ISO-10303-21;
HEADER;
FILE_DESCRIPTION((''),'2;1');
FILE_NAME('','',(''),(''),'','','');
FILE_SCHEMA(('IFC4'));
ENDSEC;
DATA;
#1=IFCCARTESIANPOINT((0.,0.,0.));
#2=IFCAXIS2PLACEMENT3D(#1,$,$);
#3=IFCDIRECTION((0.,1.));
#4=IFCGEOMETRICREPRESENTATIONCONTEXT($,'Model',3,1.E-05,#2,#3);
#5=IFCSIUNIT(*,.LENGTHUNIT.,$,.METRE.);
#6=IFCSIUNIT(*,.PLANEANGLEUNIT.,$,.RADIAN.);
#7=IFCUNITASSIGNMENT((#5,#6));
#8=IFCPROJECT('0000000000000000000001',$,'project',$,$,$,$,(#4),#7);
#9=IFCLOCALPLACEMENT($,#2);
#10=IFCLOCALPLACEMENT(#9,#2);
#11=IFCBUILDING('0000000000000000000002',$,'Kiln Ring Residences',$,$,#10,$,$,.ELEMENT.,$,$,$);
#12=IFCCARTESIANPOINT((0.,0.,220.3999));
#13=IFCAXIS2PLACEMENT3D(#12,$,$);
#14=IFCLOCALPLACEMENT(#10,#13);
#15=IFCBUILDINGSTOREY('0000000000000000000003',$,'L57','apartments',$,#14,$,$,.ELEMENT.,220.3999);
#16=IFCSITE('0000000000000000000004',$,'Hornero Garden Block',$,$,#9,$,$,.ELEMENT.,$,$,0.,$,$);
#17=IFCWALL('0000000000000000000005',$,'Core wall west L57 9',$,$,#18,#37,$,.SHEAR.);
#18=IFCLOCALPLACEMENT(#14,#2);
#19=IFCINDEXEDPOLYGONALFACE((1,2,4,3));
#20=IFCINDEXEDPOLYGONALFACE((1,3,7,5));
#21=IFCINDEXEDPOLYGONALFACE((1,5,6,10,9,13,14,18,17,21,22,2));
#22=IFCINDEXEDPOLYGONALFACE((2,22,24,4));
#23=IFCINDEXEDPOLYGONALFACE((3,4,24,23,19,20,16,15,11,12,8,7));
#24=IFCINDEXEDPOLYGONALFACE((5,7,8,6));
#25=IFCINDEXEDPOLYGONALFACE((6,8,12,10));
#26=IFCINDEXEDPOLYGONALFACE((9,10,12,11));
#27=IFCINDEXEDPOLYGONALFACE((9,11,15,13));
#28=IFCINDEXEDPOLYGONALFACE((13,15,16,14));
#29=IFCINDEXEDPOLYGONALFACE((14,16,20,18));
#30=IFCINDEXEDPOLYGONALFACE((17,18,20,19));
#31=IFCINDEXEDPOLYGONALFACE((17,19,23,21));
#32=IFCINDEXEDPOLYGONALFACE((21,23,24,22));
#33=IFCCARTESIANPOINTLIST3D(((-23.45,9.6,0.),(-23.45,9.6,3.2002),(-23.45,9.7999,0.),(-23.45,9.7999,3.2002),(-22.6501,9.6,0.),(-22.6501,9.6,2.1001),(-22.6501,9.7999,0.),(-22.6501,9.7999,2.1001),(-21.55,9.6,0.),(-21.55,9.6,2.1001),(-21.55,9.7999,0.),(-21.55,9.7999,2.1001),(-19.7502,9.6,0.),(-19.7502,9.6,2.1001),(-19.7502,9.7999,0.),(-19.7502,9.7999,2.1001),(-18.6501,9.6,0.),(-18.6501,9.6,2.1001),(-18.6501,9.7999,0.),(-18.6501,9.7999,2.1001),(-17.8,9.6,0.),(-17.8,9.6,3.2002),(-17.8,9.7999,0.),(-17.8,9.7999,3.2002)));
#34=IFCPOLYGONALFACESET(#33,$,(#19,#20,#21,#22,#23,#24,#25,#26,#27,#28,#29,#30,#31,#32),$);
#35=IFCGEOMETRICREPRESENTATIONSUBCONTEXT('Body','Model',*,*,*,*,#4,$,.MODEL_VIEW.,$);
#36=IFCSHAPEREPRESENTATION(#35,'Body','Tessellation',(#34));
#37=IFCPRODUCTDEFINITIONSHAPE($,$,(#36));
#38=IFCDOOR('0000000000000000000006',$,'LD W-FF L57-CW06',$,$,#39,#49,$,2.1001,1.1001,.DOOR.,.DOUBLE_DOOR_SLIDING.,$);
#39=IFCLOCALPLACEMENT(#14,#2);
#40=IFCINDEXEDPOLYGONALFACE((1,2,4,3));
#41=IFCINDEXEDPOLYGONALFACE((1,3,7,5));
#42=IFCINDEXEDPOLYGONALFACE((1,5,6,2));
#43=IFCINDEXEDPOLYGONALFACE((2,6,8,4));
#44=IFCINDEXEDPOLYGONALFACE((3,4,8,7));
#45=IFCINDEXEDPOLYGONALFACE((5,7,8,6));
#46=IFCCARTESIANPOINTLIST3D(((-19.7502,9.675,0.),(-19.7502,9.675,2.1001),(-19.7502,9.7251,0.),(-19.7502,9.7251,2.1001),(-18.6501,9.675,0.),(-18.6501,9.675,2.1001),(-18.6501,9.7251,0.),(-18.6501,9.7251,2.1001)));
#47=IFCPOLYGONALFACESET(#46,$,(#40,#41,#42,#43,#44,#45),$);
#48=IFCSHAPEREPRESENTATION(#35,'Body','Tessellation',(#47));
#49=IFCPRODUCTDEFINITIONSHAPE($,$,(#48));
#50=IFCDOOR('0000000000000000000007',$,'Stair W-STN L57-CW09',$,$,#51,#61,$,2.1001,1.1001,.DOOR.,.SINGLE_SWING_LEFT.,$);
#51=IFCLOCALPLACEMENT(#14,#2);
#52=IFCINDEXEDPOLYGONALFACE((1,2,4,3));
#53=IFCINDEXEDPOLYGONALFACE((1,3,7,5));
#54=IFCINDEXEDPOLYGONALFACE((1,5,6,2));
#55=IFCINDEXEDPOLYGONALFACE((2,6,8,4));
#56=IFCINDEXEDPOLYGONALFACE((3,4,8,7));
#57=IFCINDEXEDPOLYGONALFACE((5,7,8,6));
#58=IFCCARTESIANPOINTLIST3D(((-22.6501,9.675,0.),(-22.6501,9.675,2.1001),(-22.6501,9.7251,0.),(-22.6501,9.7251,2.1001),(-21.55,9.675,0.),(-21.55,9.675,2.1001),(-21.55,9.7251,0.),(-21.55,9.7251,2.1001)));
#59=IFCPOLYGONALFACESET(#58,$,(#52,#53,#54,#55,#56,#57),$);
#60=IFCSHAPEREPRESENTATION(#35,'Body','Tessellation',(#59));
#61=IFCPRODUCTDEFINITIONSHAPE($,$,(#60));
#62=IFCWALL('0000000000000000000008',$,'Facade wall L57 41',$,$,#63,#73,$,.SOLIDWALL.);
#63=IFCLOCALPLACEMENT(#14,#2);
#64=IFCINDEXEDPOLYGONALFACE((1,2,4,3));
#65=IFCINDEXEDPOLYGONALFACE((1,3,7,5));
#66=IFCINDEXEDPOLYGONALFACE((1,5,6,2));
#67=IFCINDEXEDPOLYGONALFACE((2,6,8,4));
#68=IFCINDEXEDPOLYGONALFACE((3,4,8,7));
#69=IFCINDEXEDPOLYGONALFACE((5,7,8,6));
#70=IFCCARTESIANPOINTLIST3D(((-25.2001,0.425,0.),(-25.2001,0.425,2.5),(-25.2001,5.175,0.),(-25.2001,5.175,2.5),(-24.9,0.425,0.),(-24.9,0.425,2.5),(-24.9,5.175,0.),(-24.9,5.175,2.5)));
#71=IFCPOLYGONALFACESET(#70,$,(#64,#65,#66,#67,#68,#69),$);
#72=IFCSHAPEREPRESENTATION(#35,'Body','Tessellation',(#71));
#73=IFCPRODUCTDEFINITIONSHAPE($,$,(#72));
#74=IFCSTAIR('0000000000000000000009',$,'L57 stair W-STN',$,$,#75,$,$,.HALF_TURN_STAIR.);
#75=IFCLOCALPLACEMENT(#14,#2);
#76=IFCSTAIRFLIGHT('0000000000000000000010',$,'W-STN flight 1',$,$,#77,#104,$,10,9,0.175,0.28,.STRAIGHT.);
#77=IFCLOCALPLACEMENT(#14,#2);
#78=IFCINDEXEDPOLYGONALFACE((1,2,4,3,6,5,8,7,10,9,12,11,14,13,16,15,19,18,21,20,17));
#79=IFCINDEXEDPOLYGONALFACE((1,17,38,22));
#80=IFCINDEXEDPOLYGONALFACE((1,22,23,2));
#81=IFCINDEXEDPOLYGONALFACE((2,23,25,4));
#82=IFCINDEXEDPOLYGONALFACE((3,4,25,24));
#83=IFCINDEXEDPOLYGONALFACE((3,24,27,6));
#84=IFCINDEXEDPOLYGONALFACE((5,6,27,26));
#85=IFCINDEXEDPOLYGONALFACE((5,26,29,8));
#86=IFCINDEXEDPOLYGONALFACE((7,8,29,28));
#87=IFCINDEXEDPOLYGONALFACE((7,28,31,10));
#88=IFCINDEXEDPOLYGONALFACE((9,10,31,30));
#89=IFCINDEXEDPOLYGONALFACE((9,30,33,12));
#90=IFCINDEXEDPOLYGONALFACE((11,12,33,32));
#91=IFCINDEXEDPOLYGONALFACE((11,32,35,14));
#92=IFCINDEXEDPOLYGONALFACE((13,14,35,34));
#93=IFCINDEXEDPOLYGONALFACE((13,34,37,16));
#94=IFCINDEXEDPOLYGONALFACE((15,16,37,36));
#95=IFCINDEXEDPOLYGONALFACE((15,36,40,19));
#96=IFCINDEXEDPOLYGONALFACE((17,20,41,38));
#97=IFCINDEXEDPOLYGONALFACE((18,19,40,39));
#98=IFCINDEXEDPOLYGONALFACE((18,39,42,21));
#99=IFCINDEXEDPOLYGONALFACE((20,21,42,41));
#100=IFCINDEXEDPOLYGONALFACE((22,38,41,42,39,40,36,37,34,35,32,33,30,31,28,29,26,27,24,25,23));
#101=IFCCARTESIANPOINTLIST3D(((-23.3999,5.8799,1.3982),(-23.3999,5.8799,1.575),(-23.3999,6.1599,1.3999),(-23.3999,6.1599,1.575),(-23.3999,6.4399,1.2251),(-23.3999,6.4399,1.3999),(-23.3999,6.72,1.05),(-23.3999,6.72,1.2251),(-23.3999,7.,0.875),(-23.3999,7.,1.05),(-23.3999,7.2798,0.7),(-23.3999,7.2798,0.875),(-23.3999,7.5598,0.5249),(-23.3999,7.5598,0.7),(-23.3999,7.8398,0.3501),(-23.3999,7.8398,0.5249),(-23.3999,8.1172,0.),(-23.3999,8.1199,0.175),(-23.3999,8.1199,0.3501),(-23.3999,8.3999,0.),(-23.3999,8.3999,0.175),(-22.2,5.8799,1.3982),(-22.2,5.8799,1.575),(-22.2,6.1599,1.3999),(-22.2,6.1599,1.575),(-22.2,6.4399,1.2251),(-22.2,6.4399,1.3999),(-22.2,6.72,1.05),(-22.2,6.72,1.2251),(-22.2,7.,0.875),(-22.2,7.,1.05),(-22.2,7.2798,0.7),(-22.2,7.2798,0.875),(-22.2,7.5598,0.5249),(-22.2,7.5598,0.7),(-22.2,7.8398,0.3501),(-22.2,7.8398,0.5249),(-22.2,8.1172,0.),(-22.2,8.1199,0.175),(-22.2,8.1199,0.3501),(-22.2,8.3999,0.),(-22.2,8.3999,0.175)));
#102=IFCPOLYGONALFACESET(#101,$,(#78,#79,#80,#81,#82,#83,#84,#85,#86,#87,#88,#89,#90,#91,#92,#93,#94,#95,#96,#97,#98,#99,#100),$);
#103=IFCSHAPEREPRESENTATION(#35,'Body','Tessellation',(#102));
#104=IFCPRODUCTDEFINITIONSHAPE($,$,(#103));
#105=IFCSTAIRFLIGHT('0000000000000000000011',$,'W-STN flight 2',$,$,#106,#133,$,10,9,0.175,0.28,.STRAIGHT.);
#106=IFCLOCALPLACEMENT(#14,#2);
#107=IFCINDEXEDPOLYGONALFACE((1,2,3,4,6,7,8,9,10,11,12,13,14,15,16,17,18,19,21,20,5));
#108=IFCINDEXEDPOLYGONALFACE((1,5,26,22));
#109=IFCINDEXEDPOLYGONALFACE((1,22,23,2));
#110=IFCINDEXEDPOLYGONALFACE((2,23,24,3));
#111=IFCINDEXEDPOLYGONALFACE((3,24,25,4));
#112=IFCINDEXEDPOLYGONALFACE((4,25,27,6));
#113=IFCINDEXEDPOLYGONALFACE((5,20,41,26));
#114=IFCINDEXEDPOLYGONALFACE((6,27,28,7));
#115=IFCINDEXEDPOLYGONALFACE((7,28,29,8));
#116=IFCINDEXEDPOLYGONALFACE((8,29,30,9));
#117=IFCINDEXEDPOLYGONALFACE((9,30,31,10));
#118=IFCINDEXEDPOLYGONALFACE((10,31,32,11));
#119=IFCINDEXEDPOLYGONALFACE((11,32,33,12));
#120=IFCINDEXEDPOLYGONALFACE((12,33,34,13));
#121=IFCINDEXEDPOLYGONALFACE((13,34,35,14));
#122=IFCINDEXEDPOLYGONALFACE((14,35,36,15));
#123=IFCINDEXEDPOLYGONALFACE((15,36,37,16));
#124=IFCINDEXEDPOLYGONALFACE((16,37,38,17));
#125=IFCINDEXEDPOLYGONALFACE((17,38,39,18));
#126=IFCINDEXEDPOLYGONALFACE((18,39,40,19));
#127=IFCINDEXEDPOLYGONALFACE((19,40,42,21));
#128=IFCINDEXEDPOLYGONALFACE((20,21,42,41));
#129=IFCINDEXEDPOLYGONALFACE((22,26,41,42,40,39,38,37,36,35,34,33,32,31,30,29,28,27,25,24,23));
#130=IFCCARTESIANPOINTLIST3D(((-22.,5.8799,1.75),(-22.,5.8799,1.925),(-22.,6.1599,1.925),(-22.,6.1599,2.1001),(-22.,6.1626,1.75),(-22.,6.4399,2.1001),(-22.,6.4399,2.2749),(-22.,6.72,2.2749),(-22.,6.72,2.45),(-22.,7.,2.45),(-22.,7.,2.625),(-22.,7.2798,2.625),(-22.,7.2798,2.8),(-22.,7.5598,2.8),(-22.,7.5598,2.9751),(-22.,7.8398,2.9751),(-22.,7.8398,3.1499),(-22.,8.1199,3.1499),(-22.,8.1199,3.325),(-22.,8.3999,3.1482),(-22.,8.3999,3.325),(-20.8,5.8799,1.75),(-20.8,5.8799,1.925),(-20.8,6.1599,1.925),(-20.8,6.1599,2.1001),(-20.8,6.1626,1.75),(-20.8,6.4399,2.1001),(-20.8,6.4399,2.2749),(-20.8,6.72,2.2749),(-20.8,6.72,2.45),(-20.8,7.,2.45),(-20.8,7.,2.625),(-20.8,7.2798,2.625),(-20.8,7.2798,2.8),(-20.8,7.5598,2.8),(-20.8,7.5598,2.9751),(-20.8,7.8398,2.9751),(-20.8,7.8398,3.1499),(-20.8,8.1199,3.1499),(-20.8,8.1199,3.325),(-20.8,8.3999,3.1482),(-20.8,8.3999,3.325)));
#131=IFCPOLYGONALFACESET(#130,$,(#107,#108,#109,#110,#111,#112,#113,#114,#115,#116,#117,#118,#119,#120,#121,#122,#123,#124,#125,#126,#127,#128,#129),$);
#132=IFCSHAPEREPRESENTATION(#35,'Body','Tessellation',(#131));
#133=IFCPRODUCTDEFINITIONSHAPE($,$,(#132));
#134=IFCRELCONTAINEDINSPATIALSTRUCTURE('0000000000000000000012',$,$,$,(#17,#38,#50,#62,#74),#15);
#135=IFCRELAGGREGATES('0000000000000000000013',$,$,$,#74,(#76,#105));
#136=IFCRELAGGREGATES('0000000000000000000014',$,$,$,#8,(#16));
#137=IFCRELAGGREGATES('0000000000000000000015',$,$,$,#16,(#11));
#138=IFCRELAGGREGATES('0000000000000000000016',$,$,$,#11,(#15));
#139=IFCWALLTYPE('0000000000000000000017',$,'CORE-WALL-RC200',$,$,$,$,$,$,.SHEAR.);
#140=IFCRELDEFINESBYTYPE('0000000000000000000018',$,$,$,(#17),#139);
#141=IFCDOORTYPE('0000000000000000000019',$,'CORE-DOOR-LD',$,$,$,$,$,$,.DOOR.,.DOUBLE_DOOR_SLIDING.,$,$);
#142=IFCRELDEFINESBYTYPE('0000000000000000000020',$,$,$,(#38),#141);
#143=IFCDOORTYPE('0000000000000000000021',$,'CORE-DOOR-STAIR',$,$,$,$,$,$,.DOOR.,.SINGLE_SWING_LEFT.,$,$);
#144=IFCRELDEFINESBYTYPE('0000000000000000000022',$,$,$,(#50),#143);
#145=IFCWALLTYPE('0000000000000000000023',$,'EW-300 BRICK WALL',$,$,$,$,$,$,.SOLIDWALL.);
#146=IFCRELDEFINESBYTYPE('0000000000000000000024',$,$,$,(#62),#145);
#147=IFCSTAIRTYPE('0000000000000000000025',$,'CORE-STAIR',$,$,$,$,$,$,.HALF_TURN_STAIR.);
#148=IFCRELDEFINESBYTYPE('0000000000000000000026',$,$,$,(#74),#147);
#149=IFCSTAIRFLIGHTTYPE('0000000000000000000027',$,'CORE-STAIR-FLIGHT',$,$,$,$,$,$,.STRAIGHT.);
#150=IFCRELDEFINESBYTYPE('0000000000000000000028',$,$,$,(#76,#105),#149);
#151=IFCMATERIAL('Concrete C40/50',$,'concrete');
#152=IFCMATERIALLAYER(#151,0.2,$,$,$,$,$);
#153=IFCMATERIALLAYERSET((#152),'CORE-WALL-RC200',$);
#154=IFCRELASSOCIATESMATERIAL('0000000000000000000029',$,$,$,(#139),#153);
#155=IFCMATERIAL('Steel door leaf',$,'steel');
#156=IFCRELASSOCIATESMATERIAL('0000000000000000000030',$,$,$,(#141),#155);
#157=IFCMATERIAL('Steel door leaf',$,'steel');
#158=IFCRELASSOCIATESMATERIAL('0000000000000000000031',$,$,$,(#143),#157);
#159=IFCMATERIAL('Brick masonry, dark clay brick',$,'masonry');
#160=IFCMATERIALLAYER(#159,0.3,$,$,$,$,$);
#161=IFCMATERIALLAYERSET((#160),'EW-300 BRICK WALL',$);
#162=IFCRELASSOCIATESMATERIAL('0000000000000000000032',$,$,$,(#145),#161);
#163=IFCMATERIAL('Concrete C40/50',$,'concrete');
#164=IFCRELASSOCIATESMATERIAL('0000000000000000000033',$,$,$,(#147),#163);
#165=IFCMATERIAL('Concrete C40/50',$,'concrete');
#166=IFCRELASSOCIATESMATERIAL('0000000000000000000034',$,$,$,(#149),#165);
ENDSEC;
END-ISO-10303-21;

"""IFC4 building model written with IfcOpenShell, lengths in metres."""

from ifc_helpers import new_model, si_unit, direction, frame, frame_2d, origin, place, context, subcontext, project, spatial, polyline, rectangle, outline, extrude, material, layer, layer_set, type_object, element, fill, aggregate, save


model = new_model("IFC4")

# Units and contexts
model_context = context("Model", 3, precision=1e-05, world=origin(), true_north=direction((0.0, 1.0)))
body_context = subcontext(model_context, "Body", "Model", "MODEL_VIEW")
ifc_project = project(units=[si_unit("LENGTHUNIT", "METRE"), si_unit("PLANEANGLEUNIT", "RADIAN")], contexts=[model_context])

# Site, building, storey
site_placement = place(None, origin())
site = spatial("IfcSite", under=ifc_project, at=site_placement, Name="Hornero Garden Block", CompositionType="ELEMENT", RefElevation=0.0)
building_placement = place(site_placement, origin())
building = spatial("IfcBuilding", under=site, at=building_placement, Name="Kiln Ring Residences", CompositionType="ELEMENT")
storey_placement = place(building_placement, frame((0.0, 0.0, 220.3999)))
storey = spatial("IfcBuildingStorey", under=building, at=storey_placement, Name="L57", Description="apartments", CompositionType="ELEMENT", Elevation=220.3999)

# Shared definitions
ifc_material_1 = material(Name="Concrete C40/50", Category="concrete")
ifc_layer_1 = layer(ifc_material_1, 0.2)
ifc_layer_set_1 = layer_set([ifc_layer_1], Name="CORE-WALL-RC200")
wall_type_1 = type_object("IfcWallType", Name="CORE-WALL-RC200", PredefinedType="SHEAR", material=ifc_layer_set_1)

# Wall, openings, doors
wall_1_placement = place(storey_placement, frame((-17.8, 9.7, 0.0), z_axis=(0.0, 0.0, 1.0), x_axis=(-1.0, 0.0, 0.0)))
wall_1 = element("IfcWall", 1, at=wall_1_placement, inside=storey, type_object=wall_type_1, Name="Core wall west L57 9", PredefinedType="SHEAR", context=body_context, shape_type="SweptSolid", body=[
    extrude(rectangle(XDim=5.6499, YDim=0.2, at=frame_2d((2.825, 0.0))), origin(), (0.0, 0.0, 1.0), 3.2002),
])
opening_1_placement = place(wall_1_placement, frame((0.8501, 0.0, 0.0)))
opening_1 = element("IfcOpeningElement", 2, at=opening_1_placement, cuts=wall_1, PredefinedType="OPENING", context=body_context, shape_type="SweptSolid", body=[
    extrude(rectangle(XDim=1.1001, YDim=2.1001, at=frame_2d((0.55, 1.05))), frame((0.0, 0.1099, 0.0), z_axis=(0.0, -1.0, 0.0), x_axis=(1.0, 0.0, 0.0)), (0.0, 0.0, 1.0), 0.22),
])
opening_2_placement = place(wall_1_placement, frame((3.75, 0.0, 0.0)))
opening_2 = element("IfcOpeningElement", 3, at=opening_2_placement, cuts=wall_1, PredefinedType="OPENING", context=body_context, shape_type="SweptSolid", body=[
    extrude(rectangle(XDim=1.1001, YDim=2.1001, at=frame_2d((0.55, 1.05))), frame((0.0, 0.1099, 0.0), z_axis=(0.0, -1.0, 0.0), x_axis=(1.0, 0.0, 0.0)), (0.0, 0.0, 1.0), 0.22),
])
ifc_material_2 = material(Name="Steel door leaf", Category="steel")
door_type_1 = type_object("IfcDoorType", Name="CORE-DOOR-LD", OperationType="DOUBLE_DOOR_SLIDING", PredefinedType="DOOR", material=ifc_material_2)
door_1_placement = place(opening_1_placement, origin())
door_1 = element("IfcDoor", 4, at=door_1_placement, inside=storey, type_object=door_type_1, Name="LD W-FF L57-CW06", OperationType="DOUBLE_DOOR_SLIDING", OverallHeight=2.1001, OverallWidth=1.1001, PredefinedType="DOOR", context=body_context, shape_type="SweptSolid", body=[
    extrude(rectangle(XDim=1.1001, YDim=2.1001, at=frame_2d((0.55, 1.05))), frame((0.0, 0.0249, 0.0), z_axis=(0.0, -1.0, 0.0), x_axis=(1.0, 0.0, 0.0)), (0.0, 0.0, 1.0), 0.05),
])
fill(opening_1, door_1)
ifc_material_3 = material(Name="Steel door leaf", Category="steel")
door_type_2 = type_object("IfcDoorType", Name="CORE-DOOR-STAIR", OperationType="SINGLE_SWING_LEFT", PredefinedType="DOOR", material=ifc_material_3)
door_2_placement = place(opening_2_placement, origin())
door_2 = element("IfcDoor", 5, at=door_2_placement, inside=storey, type_object=door_type_2, Name="Stair W-STN L57-CW09", OperationType="SINGLE_SWING_LEFT", OverallHeight=2.1001, OverallWidth=1.1001, PredefinedType="DOOR", context=body_context, shape_type="SweptSolid", body=[
    extrude(rectangle(XDim=1.1001, YDim=2.1001, at=frame_2d((0.55, 1.05))), frame((0.0, 0.0249, 0.0), z_axis=(0.0, -1.0, 0.0), x_axis=(1.0, 0.0, 0.0)), (0.0, 0.0, 1.0), 0.05),
])
fill(opening_2, door_2)

# Wall
ifc_material_4 = material(Name="Brick masonry, dark clay brick", Category="masonry")
ifc_layer_2 = layer(ifc_material_4, 0.3)
ifc_layer_set_2 = layer_set([ifc_layer_2], Name="EW-300 BRICK WALL")
wall_type_2 = type_object("IfcWallType", Name="EW-300 BRICK WALL", PredefinedType="SOLIDWALL", material=ifc_layer_set_2)
wall_2_placement = place(storey_placement, frame((-25.05, 5.175, 0.0), z_axis=(0.0, 0.0, 1.0), x_axis=(0.0, -1.0, 0.0)))
element("IfcWall", 6, at=wall_2_placement, inside=storey, type_object=wall_type_2, Name="Facade wall L57 41", PredefinedType="SOLIDWALL", context=body_context, shape_type="SweptSolid", body=[
    extrude(rectangle(XDim=4.75, YDim=0.3, at=frame_2d((2.375, 0.0))), origin(), (0.0, 0.0, 1.0), 2.5),
])

# Stair, stair flights
ifc_material_5 = material(Name="Concrete C40/50", Category="concrete")
stair_type = type_object("IfcStairType", Name="CORE-STAIR", PredefinedType="HALF_TURN_STAIR", material=ifc_material_5)
stair_placement = place(storey_placement, origin())
stair = element("IfcStair", 7, at=stair_placement, inside=storey, type_object=stair_type, Name="L57 stair W-STN", PredefinedType="HALF_TURN_STAIR")
ifc_material_6 = material(Name="Concrete C40/50", Category="concrete")
stair_flight_type = type_object("IfcStairFlightType", Name="CORE-STAIR-FLIGHT", PredefinedType="STRAIGHT", material=ifc_material_6)
stair_flight_1_placement = place(storey_placement, frame((-22.8, 8.3999, 0.0), z_axis=(0.0, 0.0, 1.0), x_axis=(0.0, -1.0, 0.0)))
stair_flight_1 = element("IfcStairFlight", 8, at=stair_flight_1_placement, type_object=stair_flight_type, Name="W-STN flight 1", NumberOfRisers=10, NumberOfTreads=9, PredefinedType="STRAIGHT", RiserHeight=0.175, TreadLength=0.28, context=body_context, shape_type="SweptSolid", body=[
    extrude(outline(polyline([(0.0, 0.0), (0.0, 0.175), (0.28, 0.175), (0.28, 0.3501), (0.5601, 0.3501), (0.5601, 0.5249), (0.8401, 0.5249), (0.8401, 0.7), (1.1201, 0.7), (1.1201, 0.875), (1.3999, 0.875), (1.3999, 1.05), (1.6799, 1.05), (1.6799, 1.2251), (1.96, 1.2251), (1.96, 1.3999), (2.24, 1.3999), (2.24, 1.575), (2.52, 1.575), (2.52, 1.75), (2.52, 1.3982), (0.2827, 0.0), (0.0, 0.0)])), frame((0.0, 0.6001, 0.0), z_axis=(0.0, -1.0, 0.0), x_axis=(1.0, 0.0, 0.0)), (0.0, 0.0, 1.0), 1.2),
])
stair_flight_2_placement = place(storey_placement, frame((-21.3999, 5.8799, 1.75), z_axis=(0.0, 0.0, 1.0), x_axis=(0.0, 1.0, 0.0)))
stair_flight_2 = element("IfcStairFlight", 9, at=stair_flight_2_placement, type_object=stair_flight_type, Name="W-STN flight 2", NumberOfRisers=10, NumberOfTreads=9, PredefinedType="STRAIGHT", RiserHeight=0.175, TreadLength=0.28, context=body_context, shape_type="SweptSolid", body=[
    extrude(outline(polyline([(0.0, 0.0), (0.0, 0.175), (0.28, 0.175), (0.28, 0.3501), (0.5601, 0.3501), (0.5601, 0.5249), (0.8401, 0.5249), (0.8401, 0.7), (1.1201, 0.7), (1.1201, 0.875), (1.3999, 0.875), (1.3999, 1.05), (1.6799, 1.05), (1.6799, 1.2251), (1.96, 1.2251), (1.96, 1.3999), (2.24, 1.3999), (2.24, 1.575), (2.52, 1.575), (2.52, 1.75), (2.52, 1.3982), (0.2827, 0.0), (0.0, 0.0)])), frame((0.0, 0.6001, 0.0), z_axis=(0.0, -1.0, 0.0), x_axis=(1.0, 0.0, 0.0)), (0.0, 0.0, 1.0), 1.2),
])
aggregate(stair, [stair_flight_1, stair_flight_2])

save(model, "model.ifc")
